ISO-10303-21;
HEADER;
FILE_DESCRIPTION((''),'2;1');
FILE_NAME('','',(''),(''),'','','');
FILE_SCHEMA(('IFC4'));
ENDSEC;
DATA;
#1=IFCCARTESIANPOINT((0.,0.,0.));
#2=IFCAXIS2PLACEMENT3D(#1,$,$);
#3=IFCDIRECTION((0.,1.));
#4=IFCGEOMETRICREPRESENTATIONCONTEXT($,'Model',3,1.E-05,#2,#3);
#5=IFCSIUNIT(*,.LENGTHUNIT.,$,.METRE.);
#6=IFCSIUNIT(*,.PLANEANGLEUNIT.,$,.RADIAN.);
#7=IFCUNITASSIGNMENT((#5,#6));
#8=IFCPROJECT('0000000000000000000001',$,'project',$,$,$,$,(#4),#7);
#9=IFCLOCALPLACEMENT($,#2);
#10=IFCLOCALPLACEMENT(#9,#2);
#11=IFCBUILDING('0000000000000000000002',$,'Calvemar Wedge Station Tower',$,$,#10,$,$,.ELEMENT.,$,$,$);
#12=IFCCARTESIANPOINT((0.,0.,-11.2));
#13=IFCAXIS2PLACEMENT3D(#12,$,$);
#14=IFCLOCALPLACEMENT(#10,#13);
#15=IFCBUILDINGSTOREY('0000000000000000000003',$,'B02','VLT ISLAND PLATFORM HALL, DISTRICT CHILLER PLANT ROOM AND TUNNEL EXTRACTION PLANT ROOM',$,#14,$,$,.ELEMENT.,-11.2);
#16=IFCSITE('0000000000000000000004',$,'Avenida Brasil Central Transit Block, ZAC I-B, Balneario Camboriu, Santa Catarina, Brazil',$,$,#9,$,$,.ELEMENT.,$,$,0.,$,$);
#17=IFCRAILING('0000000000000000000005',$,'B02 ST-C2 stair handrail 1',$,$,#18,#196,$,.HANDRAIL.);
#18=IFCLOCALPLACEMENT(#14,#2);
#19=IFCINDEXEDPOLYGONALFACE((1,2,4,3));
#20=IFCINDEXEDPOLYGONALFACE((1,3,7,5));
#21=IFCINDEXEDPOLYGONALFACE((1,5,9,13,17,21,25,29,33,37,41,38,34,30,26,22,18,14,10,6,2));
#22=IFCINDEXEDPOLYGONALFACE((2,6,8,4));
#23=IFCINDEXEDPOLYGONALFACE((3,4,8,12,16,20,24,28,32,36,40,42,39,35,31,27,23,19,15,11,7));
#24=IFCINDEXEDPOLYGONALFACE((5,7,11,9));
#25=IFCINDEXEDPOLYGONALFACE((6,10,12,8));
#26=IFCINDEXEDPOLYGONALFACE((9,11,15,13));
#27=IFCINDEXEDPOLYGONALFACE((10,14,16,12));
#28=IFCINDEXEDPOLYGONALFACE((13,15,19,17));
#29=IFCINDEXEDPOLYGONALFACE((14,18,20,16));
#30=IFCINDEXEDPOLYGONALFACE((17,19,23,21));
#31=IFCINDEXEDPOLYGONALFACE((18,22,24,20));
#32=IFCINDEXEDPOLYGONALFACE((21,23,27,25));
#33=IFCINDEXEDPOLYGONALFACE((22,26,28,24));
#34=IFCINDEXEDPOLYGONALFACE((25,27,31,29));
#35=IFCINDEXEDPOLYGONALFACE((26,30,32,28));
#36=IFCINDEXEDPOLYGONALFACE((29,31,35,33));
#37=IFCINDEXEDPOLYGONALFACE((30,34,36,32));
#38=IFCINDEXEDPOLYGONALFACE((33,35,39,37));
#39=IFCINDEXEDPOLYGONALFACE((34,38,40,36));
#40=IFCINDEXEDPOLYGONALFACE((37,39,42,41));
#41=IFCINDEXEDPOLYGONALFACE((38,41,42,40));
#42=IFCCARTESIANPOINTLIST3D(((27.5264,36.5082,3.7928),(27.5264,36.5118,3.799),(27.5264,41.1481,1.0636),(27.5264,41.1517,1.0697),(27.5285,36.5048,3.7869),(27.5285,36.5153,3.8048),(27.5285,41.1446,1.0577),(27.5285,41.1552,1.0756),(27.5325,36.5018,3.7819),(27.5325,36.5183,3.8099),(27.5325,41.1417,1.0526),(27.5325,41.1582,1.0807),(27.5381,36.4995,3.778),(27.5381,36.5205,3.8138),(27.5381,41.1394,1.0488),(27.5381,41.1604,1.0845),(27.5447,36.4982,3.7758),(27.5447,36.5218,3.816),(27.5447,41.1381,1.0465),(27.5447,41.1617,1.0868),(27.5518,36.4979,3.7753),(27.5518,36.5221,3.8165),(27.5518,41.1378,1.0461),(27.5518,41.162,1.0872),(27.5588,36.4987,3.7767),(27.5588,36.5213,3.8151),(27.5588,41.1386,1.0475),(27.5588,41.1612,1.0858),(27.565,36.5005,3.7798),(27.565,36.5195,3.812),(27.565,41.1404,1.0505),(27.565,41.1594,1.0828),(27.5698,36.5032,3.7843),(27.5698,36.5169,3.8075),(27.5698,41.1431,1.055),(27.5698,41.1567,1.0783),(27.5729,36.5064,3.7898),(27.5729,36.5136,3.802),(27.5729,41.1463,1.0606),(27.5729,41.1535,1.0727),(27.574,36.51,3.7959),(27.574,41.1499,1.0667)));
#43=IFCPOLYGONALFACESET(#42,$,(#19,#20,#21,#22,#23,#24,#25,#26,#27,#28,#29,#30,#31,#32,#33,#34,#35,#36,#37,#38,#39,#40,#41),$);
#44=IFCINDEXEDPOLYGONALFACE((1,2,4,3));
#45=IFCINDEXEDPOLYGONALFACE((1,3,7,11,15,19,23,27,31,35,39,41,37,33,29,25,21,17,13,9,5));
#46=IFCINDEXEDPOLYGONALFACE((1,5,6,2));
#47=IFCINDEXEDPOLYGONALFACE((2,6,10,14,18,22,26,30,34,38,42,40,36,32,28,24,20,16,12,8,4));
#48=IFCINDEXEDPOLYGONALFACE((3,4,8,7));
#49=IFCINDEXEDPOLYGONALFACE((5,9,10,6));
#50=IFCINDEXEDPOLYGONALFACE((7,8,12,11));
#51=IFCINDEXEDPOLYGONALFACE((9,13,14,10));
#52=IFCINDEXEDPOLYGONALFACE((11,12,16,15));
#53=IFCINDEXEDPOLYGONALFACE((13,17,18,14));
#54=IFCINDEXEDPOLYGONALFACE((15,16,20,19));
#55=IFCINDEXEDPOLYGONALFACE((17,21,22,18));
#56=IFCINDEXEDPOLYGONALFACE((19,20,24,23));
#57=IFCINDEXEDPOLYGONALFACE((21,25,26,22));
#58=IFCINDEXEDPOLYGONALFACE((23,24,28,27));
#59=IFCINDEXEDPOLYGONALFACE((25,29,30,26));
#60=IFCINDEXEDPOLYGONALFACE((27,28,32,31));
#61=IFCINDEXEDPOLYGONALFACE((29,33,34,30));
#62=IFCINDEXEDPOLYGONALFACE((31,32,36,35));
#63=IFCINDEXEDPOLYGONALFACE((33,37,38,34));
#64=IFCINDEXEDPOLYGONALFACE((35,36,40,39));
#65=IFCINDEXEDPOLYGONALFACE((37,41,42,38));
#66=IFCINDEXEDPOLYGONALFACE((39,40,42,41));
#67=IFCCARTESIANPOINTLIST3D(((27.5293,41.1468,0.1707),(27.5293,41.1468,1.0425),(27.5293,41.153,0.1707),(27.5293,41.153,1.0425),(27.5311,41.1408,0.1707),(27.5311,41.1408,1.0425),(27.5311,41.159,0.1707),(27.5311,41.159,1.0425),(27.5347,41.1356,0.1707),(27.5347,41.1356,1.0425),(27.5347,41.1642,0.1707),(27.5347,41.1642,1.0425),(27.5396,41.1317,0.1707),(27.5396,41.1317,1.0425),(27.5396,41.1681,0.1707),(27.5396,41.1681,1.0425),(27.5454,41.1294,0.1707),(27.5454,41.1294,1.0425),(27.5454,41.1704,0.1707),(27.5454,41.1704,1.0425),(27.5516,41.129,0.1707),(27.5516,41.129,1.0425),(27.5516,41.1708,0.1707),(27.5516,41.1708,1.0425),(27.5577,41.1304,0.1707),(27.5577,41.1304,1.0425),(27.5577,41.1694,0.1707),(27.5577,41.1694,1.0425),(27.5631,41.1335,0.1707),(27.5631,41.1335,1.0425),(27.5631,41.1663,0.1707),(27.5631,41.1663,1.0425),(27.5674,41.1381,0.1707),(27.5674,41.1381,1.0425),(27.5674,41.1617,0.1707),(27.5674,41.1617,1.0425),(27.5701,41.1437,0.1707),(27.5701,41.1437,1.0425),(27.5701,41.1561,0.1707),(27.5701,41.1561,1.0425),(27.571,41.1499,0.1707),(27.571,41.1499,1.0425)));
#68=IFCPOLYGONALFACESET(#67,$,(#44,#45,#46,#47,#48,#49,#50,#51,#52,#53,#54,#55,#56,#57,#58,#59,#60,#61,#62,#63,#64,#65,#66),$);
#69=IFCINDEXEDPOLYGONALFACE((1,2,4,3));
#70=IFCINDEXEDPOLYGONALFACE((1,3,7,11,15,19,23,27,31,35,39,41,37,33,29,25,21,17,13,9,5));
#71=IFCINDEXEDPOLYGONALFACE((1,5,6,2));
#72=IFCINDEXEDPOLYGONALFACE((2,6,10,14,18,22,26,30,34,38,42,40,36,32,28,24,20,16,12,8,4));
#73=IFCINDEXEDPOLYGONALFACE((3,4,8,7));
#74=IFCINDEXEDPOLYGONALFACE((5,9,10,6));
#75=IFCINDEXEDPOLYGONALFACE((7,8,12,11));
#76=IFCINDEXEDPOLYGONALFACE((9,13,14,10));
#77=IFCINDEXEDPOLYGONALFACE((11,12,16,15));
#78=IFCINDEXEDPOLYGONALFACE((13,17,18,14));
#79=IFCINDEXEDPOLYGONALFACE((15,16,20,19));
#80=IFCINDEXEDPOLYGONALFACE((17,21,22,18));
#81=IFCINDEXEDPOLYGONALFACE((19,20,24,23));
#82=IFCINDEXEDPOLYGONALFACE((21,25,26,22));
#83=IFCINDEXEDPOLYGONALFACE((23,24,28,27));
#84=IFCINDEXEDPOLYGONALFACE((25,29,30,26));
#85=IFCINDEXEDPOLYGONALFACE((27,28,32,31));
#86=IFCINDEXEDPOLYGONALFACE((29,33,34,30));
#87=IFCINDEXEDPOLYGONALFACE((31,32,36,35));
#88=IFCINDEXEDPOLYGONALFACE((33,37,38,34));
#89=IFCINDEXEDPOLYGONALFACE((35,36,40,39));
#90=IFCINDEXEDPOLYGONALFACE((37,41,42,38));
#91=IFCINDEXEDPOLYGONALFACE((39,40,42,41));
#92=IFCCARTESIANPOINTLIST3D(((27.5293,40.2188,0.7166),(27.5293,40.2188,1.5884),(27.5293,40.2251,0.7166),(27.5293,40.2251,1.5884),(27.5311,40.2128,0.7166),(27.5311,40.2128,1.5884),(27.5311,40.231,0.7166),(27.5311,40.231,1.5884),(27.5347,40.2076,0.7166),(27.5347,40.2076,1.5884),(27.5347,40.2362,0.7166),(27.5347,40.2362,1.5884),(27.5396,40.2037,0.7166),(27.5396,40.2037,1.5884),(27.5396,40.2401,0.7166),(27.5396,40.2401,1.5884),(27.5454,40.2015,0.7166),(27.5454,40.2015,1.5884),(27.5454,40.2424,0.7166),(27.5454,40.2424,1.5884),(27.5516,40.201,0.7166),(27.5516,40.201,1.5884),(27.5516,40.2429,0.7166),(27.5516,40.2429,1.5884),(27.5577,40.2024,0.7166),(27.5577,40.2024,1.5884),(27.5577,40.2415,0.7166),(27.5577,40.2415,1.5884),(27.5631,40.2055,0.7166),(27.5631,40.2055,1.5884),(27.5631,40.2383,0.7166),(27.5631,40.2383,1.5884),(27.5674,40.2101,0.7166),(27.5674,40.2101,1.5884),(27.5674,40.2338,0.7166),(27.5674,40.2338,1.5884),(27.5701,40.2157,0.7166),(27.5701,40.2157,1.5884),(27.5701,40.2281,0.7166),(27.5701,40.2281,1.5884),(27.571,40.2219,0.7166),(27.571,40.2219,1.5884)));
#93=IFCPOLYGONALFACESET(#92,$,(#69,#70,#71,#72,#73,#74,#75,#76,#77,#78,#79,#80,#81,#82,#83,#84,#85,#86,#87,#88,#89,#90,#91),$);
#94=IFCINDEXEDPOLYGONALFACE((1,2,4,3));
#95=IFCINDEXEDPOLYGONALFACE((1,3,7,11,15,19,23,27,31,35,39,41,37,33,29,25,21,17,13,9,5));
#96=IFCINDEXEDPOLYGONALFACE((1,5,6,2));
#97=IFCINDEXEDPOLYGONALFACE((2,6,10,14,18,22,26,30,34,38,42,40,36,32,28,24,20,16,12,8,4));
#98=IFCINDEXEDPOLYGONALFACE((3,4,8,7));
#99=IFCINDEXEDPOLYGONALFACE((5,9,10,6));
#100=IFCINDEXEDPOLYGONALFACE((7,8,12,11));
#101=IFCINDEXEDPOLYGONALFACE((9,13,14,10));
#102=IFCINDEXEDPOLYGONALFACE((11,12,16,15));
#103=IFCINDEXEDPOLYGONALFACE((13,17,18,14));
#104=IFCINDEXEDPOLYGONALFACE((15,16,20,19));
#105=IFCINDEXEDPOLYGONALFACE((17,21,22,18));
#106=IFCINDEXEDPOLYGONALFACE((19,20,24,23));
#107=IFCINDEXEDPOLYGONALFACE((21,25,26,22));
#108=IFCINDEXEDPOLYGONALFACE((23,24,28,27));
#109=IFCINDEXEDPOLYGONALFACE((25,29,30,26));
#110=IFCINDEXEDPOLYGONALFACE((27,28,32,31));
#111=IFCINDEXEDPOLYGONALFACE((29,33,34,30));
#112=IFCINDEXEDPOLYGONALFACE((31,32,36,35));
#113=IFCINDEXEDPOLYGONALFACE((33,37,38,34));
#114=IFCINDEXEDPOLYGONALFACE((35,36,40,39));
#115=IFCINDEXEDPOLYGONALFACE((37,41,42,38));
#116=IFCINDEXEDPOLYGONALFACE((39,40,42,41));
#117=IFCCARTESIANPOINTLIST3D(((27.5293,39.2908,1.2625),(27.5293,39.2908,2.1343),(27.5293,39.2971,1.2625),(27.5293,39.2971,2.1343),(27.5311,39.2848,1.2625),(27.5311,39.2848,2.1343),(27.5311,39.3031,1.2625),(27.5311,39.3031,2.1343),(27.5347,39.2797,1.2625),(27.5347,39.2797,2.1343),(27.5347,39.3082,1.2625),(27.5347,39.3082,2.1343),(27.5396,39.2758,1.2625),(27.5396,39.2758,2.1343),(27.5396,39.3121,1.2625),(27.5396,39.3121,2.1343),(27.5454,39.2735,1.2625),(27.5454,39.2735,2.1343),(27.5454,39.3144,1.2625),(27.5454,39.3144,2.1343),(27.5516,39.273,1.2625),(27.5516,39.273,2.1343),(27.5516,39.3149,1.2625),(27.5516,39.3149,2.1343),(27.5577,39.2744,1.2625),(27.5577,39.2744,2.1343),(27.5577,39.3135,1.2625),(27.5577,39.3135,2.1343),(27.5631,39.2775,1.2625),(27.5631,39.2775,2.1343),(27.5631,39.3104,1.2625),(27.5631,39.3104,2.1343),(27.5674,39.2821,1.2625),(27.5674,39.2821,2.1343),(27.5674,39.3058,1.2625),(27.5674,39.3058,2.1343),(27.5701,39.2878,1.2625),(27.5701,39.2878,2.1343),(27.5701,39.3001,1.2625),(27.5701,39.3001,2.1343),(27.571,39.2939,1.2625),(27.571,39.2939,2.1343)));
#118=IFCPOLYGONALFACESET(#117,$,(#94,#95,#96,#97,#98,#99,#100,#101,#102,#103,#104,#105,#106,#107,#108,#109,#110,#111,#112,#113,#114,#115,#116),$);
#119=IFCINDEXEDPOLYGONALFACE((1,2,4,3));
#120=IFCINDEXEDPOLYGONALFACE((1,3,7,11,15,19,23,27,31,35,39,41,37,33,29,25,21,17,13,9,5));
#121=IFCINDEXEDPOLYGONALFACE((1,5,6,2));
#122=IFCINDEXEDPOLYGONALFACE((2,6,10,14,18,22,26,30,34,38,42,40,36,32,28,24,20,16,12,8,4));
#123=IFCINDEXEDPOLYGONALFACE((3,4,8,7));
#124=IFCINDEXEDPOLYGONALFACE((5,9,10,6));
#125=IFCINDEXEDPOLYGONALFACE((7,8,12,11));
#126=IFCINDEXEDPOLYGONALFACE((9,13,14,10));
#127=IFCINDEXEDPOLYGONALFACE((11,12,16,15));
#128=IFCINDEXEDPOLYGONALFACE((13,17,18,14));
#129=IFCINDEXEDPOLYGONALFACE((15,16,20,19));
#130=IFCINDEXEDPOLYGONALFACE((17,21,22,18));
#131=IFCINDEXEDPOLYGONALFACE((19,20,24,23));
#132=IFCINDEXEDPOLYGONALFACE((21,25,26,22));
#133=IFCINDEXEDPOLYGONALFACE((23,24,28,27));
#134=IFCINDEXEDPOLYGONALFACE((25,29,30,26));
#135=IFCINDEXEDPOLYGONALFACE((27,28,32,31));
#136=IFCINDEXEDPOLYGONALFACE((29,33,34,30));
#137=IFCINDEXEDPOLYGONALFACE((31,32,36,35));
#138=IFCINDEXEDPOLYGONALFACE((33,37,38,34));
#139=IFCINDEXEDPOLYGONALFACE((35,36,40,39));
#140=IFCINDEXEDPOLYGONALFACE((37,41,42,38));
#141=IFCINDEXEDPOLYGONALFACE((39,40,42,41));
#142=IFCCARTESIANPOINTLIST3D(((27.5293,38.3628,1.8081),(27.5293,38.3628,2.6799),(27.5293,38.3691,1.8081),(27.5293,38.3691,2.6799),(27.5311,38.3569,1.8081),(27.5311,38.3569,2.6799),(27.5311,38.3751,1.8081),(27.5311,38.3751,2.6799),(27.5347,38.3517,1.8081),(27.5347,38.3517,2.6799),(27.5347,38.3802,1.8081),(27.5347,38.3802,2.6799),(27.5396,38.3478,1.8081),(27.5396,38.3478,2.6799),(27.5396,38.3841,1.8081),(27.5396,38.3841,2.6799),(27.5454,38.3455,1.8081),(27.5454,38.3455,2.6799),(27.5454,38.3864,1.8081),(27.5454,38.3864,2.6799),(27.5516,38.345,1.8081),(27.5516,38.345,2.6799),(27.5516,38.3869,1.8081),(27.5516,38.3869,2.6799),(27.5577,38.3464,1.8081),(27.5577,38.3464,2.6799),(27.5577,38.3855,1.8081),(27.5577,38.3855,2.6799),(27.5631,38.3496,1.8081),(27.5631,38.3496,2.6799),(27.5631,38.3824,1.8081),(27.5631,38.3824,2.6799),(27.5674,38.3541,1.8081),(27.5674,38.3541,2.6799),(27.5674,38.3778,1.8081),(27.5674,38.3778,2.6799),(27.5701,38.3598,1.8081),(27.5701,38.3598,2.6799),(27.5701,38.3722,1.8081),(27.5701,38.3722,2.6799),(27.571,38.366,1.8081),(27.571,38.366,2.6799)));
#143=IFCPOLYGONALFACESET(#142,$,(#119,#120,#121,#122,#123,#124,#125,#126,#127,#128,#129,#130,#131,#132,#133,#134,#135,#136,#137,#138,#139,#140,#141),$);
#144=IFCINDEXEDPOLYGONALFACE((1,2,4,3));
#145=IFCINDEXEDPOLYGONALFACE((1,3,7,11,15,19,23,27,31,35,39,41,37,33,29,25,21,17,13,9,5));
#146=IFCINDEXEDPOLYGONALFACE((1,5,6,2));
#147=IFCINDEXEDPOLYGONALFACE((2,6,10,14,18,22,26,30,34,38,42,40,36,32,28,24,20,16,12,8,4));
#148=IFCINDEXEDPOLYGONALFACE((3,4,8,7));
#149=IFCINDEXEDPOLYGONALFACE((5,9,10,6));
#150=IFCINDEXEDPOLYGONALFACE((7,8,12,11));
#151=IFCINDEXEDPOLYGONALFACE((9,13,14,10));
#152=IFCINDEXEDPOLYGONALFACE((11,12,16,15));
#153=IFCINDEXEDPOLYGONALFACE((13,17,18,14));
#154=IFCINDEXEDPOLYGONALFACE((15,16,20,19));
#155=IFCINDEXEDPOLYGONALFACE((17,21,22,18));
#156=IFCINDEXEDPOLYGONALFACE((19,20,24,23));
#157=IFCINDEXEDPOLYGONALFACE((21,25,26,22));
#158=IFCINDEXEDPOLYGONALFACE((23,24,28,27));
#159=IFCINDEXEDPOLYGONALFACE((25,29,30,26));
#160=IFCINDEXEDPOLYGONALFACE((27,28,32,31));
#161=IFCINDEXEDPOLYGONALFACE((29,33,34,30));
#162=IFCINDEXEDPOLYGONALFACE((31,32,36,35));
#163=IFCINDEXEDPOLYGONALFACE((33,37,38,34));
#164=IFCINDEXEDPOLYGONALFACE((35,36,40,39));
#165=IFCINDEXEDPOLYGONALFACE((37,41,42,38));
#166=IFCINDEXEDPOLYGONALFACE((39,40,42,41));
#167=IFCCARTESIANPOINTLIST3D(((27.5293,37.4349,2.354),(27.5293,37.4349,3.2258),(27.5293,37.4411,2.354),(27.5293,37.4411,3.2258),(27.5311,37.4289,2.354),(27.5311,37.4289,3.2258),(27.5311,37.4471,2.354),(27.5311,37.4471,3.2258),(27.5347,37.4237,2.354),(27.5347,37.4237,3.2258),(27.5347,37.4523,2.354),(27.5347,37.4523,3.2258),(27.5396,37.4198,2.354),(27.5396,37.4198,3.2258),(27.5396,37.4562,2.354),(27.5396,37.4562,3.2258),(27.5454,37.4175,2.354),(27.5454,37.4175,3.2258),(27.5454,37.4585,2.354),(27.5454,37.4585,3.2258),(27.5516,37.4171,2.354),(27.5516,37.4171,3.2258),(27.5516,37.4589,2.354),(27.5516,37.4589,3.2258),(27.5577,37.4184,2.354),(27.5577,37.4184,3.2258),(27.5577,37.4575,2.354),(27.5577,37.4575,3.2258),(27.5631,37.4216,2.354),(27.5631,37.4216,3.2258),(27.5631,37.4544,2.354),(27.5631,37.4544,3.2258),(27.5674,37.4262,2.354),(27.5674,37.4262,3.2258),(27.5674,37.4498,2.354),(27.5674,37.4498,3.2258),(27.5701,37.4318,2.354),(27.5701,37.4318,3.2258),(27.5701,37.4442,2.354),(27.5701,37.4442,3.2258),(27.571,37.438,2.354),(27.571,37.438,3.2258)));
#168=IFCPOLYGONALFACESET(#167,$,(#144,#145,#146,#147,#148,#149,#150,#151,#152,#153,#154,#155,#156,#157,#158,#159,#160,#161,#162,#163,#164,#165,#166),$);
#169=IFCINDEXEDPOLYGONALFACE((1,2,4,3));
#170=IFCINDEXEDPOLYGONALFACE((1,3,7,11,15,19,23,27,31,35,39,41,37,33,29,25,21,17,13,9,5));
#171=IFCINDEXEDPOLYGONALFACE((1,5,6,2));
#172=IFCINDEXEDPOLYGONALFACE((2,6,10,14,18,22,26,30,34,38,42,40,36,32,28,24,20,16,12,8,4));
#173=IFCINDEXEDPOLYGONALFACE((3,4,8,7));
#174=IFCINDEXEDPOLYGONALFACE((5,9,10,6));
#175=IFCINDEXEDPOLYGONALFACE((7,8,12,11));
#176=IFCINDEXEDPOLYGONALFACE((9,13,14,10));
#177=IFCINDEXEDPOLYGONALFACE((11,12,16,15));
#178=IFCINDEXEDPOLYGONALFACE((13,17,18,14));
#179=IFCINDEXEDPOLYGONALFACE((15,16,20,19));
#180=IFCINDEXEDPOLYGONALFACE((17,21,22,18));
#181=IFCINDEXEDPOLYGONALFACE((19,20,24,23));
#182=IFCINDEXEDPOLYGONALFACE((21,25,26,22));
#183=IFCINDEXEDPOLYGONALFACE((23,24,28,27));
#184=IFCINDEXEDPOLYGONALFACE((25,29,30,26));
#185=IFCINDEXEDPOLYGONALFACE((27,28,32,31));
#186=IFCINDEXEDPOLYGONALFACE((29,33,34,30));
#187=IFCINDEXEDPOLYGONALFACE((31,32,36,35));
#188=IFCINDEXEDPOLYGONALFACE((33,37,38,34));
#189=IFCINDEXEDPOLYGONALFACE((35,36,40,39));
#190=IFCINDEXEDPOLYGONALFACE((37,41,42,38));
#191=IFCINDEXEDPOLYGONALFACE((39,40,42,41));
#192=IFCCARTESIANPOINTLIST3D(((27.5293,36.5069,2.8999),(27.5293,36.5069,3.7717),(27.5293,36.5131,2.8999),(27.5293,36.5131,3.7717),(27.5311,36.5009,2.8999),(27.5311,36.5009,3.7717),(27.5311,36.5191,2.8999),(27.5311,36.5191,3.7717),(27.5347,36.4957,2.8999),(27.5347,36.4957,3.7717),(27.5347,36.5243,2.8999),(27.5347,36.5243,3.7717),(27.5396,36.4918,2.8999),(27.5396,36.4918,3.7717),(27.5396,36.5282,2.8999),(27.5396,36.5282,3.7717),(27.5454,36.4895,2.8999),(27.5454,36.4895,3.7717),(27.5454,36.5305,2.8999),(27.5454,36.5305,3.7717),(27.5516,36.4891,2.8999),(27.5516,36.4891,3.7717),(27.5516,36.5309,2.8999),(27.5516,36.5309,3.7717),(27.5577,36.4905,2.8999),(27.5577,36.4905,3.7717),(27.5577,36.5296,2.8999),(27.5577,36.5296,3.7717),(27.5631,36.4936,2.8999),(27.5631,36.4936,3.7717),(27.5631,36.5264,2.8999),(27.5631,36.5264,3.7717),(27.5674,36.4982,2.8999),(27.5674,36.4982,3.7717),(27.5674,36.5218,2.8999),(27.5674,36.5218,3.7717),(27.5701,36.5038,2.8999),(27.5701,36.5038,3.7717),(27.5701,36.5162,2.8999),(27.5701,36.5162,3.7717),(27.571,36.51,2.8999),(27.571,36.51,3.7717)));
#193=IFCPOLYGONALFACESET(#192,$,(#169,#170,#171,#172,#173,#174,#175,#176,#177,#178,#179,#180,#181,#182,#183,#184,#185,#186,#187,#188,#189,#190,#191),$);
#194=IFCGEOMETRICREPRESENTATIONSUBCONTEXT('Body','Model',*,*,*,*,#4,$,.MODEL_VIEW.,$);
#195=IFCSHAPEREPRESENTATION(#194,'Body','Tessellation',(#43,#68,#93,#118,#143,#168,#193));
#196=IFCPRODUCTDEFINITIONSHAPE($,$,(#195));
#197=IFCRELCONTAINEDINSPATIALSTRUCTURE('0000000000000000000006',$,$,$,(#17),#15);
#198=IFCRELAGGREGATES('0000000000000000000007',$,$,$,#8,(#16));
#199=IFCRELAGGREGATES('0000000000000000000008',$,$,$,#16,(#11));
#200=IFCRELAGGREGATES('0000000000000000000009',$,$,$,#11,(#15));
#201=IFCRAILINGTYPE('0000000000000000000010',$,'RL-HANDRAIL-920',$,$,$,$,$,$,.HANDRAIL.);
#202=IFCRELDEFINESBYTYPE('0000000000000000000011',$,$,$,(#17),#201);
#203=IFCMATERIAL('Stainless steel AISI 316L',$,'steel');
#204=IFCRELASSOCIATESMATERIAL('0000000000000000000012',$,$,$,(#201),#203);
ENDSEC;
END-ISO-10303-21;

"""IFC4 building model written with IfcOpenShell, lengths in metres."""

from ifc_helpers import new_model, si_unit, direction, frame, origin, origin_2d, place, context, subcontext, project, spatial, circle, extrude, material, type_object, element, save


model = new_model("IFC4")

# Units and contexts
model_context = context("Model", 3, precision=1e-05, world=origin(), true_north=direction((0.0, 1.0)))
body_context = subcontext(model_context, "Body", "Model", "MODEL_VIEW")
ifc_project = project(units=[si_unit("LENGTHUNIT", "METRE"), si_unit("PLANEANGLEUNIT", "RADIAN")], contexts=[model_context])

# Site, building, storey
site_placement = place(None, origin())
site = spatial("IfcSite", under=ifc_project, at=site_placement, Name="Avenida Brasil Central Transit Block, ZAC I-B, Balneario Camboriu, Santa Catarina, Brazil", CompositionType="ELEMENT", RefElevation=0.0)
building_placement = place(site_placement, origin())
building = spatial("IfcBuilding", under=site, at=building_placement, Name="Calvemar Wedge Station Tower", CompositionType="ELEMENT")
storey_placement = place(building_placement, frame((0.0, 0.0, -11.2)))
storey = spatial("IfcBuildingStorey", under=building, at=storey_placement, Name="B02", Description="VLT ISLAND PLATFORM HALL, DISTRICT CHILLER PLANT ROOM AND TUNNEL EXTRACTION PLANT ROOM", CompositionType="ELEMENT", Elevation=-11.2)

# Railing
ifc_material_1 = material(Name="Stainless steel AISI 316L", Category="steel")
railing_type_1 = type_object("IfcRailingType", Name="RL-HANDRAIL-920", PredefinedType="HANDRAIL", material=ifc_material_1)
railing_1_placement = place(storey_placement, frame((27.55, 41.1499, 0.1707)))
element("IfcRailing", 1, at=railing_1_placement, inside=storey, type_object=railing_type_1, Name="B02 ST-C2 stair handrail 1", PredefinedType="HANDRAIL", context=body_context, shape_type="SweptSolid", body=[
    extrude(circle(Radius=0.0239, at=origin_2d()), frame((0.0, 0.0, 0.896), z_axis=(0.0, -0.861942, 0.507006), x_axis=(1.0, 0.0, 0.0)), (0.0, 0.0, 1.0), 5.3831),
    extrude(circle(Radius=0.021, at=origin_2d()), origin(), (0.0, 0.0, 1.0), 0.8718),
    extrude(circle(Radius=0.021, at=origin_2d()), frame((0.0, -0.928, 0.5459)), (0.0, 0.0, 1.0), 0.8718),
    extrude(circle(Radius=0.021, at=origin_2d()), frame((0.0, -1.856, 1.0918)), (0.0, 0.0, 1.0), 0.8718),
    extrude(circle(Radius=0.021, at=origin_2d()), frame((0.0, -2.7839, 1.6375)), (0.0, 0.0, 1.0), 0.8718),
    extrude(circle(Radius=0.021, at=origin_2d()), frame((0.0, -3.7119, 2.1833)), (0.0, 0.0, 1.0), 0.8718),
    extrude(circle(Radius=0.021, at=origin_2d()), frame((0.0, -4.6399, 2.7292)), (0.0, 0.0, 1.0), 0.8718),
])

save(model, "model.ifc")
